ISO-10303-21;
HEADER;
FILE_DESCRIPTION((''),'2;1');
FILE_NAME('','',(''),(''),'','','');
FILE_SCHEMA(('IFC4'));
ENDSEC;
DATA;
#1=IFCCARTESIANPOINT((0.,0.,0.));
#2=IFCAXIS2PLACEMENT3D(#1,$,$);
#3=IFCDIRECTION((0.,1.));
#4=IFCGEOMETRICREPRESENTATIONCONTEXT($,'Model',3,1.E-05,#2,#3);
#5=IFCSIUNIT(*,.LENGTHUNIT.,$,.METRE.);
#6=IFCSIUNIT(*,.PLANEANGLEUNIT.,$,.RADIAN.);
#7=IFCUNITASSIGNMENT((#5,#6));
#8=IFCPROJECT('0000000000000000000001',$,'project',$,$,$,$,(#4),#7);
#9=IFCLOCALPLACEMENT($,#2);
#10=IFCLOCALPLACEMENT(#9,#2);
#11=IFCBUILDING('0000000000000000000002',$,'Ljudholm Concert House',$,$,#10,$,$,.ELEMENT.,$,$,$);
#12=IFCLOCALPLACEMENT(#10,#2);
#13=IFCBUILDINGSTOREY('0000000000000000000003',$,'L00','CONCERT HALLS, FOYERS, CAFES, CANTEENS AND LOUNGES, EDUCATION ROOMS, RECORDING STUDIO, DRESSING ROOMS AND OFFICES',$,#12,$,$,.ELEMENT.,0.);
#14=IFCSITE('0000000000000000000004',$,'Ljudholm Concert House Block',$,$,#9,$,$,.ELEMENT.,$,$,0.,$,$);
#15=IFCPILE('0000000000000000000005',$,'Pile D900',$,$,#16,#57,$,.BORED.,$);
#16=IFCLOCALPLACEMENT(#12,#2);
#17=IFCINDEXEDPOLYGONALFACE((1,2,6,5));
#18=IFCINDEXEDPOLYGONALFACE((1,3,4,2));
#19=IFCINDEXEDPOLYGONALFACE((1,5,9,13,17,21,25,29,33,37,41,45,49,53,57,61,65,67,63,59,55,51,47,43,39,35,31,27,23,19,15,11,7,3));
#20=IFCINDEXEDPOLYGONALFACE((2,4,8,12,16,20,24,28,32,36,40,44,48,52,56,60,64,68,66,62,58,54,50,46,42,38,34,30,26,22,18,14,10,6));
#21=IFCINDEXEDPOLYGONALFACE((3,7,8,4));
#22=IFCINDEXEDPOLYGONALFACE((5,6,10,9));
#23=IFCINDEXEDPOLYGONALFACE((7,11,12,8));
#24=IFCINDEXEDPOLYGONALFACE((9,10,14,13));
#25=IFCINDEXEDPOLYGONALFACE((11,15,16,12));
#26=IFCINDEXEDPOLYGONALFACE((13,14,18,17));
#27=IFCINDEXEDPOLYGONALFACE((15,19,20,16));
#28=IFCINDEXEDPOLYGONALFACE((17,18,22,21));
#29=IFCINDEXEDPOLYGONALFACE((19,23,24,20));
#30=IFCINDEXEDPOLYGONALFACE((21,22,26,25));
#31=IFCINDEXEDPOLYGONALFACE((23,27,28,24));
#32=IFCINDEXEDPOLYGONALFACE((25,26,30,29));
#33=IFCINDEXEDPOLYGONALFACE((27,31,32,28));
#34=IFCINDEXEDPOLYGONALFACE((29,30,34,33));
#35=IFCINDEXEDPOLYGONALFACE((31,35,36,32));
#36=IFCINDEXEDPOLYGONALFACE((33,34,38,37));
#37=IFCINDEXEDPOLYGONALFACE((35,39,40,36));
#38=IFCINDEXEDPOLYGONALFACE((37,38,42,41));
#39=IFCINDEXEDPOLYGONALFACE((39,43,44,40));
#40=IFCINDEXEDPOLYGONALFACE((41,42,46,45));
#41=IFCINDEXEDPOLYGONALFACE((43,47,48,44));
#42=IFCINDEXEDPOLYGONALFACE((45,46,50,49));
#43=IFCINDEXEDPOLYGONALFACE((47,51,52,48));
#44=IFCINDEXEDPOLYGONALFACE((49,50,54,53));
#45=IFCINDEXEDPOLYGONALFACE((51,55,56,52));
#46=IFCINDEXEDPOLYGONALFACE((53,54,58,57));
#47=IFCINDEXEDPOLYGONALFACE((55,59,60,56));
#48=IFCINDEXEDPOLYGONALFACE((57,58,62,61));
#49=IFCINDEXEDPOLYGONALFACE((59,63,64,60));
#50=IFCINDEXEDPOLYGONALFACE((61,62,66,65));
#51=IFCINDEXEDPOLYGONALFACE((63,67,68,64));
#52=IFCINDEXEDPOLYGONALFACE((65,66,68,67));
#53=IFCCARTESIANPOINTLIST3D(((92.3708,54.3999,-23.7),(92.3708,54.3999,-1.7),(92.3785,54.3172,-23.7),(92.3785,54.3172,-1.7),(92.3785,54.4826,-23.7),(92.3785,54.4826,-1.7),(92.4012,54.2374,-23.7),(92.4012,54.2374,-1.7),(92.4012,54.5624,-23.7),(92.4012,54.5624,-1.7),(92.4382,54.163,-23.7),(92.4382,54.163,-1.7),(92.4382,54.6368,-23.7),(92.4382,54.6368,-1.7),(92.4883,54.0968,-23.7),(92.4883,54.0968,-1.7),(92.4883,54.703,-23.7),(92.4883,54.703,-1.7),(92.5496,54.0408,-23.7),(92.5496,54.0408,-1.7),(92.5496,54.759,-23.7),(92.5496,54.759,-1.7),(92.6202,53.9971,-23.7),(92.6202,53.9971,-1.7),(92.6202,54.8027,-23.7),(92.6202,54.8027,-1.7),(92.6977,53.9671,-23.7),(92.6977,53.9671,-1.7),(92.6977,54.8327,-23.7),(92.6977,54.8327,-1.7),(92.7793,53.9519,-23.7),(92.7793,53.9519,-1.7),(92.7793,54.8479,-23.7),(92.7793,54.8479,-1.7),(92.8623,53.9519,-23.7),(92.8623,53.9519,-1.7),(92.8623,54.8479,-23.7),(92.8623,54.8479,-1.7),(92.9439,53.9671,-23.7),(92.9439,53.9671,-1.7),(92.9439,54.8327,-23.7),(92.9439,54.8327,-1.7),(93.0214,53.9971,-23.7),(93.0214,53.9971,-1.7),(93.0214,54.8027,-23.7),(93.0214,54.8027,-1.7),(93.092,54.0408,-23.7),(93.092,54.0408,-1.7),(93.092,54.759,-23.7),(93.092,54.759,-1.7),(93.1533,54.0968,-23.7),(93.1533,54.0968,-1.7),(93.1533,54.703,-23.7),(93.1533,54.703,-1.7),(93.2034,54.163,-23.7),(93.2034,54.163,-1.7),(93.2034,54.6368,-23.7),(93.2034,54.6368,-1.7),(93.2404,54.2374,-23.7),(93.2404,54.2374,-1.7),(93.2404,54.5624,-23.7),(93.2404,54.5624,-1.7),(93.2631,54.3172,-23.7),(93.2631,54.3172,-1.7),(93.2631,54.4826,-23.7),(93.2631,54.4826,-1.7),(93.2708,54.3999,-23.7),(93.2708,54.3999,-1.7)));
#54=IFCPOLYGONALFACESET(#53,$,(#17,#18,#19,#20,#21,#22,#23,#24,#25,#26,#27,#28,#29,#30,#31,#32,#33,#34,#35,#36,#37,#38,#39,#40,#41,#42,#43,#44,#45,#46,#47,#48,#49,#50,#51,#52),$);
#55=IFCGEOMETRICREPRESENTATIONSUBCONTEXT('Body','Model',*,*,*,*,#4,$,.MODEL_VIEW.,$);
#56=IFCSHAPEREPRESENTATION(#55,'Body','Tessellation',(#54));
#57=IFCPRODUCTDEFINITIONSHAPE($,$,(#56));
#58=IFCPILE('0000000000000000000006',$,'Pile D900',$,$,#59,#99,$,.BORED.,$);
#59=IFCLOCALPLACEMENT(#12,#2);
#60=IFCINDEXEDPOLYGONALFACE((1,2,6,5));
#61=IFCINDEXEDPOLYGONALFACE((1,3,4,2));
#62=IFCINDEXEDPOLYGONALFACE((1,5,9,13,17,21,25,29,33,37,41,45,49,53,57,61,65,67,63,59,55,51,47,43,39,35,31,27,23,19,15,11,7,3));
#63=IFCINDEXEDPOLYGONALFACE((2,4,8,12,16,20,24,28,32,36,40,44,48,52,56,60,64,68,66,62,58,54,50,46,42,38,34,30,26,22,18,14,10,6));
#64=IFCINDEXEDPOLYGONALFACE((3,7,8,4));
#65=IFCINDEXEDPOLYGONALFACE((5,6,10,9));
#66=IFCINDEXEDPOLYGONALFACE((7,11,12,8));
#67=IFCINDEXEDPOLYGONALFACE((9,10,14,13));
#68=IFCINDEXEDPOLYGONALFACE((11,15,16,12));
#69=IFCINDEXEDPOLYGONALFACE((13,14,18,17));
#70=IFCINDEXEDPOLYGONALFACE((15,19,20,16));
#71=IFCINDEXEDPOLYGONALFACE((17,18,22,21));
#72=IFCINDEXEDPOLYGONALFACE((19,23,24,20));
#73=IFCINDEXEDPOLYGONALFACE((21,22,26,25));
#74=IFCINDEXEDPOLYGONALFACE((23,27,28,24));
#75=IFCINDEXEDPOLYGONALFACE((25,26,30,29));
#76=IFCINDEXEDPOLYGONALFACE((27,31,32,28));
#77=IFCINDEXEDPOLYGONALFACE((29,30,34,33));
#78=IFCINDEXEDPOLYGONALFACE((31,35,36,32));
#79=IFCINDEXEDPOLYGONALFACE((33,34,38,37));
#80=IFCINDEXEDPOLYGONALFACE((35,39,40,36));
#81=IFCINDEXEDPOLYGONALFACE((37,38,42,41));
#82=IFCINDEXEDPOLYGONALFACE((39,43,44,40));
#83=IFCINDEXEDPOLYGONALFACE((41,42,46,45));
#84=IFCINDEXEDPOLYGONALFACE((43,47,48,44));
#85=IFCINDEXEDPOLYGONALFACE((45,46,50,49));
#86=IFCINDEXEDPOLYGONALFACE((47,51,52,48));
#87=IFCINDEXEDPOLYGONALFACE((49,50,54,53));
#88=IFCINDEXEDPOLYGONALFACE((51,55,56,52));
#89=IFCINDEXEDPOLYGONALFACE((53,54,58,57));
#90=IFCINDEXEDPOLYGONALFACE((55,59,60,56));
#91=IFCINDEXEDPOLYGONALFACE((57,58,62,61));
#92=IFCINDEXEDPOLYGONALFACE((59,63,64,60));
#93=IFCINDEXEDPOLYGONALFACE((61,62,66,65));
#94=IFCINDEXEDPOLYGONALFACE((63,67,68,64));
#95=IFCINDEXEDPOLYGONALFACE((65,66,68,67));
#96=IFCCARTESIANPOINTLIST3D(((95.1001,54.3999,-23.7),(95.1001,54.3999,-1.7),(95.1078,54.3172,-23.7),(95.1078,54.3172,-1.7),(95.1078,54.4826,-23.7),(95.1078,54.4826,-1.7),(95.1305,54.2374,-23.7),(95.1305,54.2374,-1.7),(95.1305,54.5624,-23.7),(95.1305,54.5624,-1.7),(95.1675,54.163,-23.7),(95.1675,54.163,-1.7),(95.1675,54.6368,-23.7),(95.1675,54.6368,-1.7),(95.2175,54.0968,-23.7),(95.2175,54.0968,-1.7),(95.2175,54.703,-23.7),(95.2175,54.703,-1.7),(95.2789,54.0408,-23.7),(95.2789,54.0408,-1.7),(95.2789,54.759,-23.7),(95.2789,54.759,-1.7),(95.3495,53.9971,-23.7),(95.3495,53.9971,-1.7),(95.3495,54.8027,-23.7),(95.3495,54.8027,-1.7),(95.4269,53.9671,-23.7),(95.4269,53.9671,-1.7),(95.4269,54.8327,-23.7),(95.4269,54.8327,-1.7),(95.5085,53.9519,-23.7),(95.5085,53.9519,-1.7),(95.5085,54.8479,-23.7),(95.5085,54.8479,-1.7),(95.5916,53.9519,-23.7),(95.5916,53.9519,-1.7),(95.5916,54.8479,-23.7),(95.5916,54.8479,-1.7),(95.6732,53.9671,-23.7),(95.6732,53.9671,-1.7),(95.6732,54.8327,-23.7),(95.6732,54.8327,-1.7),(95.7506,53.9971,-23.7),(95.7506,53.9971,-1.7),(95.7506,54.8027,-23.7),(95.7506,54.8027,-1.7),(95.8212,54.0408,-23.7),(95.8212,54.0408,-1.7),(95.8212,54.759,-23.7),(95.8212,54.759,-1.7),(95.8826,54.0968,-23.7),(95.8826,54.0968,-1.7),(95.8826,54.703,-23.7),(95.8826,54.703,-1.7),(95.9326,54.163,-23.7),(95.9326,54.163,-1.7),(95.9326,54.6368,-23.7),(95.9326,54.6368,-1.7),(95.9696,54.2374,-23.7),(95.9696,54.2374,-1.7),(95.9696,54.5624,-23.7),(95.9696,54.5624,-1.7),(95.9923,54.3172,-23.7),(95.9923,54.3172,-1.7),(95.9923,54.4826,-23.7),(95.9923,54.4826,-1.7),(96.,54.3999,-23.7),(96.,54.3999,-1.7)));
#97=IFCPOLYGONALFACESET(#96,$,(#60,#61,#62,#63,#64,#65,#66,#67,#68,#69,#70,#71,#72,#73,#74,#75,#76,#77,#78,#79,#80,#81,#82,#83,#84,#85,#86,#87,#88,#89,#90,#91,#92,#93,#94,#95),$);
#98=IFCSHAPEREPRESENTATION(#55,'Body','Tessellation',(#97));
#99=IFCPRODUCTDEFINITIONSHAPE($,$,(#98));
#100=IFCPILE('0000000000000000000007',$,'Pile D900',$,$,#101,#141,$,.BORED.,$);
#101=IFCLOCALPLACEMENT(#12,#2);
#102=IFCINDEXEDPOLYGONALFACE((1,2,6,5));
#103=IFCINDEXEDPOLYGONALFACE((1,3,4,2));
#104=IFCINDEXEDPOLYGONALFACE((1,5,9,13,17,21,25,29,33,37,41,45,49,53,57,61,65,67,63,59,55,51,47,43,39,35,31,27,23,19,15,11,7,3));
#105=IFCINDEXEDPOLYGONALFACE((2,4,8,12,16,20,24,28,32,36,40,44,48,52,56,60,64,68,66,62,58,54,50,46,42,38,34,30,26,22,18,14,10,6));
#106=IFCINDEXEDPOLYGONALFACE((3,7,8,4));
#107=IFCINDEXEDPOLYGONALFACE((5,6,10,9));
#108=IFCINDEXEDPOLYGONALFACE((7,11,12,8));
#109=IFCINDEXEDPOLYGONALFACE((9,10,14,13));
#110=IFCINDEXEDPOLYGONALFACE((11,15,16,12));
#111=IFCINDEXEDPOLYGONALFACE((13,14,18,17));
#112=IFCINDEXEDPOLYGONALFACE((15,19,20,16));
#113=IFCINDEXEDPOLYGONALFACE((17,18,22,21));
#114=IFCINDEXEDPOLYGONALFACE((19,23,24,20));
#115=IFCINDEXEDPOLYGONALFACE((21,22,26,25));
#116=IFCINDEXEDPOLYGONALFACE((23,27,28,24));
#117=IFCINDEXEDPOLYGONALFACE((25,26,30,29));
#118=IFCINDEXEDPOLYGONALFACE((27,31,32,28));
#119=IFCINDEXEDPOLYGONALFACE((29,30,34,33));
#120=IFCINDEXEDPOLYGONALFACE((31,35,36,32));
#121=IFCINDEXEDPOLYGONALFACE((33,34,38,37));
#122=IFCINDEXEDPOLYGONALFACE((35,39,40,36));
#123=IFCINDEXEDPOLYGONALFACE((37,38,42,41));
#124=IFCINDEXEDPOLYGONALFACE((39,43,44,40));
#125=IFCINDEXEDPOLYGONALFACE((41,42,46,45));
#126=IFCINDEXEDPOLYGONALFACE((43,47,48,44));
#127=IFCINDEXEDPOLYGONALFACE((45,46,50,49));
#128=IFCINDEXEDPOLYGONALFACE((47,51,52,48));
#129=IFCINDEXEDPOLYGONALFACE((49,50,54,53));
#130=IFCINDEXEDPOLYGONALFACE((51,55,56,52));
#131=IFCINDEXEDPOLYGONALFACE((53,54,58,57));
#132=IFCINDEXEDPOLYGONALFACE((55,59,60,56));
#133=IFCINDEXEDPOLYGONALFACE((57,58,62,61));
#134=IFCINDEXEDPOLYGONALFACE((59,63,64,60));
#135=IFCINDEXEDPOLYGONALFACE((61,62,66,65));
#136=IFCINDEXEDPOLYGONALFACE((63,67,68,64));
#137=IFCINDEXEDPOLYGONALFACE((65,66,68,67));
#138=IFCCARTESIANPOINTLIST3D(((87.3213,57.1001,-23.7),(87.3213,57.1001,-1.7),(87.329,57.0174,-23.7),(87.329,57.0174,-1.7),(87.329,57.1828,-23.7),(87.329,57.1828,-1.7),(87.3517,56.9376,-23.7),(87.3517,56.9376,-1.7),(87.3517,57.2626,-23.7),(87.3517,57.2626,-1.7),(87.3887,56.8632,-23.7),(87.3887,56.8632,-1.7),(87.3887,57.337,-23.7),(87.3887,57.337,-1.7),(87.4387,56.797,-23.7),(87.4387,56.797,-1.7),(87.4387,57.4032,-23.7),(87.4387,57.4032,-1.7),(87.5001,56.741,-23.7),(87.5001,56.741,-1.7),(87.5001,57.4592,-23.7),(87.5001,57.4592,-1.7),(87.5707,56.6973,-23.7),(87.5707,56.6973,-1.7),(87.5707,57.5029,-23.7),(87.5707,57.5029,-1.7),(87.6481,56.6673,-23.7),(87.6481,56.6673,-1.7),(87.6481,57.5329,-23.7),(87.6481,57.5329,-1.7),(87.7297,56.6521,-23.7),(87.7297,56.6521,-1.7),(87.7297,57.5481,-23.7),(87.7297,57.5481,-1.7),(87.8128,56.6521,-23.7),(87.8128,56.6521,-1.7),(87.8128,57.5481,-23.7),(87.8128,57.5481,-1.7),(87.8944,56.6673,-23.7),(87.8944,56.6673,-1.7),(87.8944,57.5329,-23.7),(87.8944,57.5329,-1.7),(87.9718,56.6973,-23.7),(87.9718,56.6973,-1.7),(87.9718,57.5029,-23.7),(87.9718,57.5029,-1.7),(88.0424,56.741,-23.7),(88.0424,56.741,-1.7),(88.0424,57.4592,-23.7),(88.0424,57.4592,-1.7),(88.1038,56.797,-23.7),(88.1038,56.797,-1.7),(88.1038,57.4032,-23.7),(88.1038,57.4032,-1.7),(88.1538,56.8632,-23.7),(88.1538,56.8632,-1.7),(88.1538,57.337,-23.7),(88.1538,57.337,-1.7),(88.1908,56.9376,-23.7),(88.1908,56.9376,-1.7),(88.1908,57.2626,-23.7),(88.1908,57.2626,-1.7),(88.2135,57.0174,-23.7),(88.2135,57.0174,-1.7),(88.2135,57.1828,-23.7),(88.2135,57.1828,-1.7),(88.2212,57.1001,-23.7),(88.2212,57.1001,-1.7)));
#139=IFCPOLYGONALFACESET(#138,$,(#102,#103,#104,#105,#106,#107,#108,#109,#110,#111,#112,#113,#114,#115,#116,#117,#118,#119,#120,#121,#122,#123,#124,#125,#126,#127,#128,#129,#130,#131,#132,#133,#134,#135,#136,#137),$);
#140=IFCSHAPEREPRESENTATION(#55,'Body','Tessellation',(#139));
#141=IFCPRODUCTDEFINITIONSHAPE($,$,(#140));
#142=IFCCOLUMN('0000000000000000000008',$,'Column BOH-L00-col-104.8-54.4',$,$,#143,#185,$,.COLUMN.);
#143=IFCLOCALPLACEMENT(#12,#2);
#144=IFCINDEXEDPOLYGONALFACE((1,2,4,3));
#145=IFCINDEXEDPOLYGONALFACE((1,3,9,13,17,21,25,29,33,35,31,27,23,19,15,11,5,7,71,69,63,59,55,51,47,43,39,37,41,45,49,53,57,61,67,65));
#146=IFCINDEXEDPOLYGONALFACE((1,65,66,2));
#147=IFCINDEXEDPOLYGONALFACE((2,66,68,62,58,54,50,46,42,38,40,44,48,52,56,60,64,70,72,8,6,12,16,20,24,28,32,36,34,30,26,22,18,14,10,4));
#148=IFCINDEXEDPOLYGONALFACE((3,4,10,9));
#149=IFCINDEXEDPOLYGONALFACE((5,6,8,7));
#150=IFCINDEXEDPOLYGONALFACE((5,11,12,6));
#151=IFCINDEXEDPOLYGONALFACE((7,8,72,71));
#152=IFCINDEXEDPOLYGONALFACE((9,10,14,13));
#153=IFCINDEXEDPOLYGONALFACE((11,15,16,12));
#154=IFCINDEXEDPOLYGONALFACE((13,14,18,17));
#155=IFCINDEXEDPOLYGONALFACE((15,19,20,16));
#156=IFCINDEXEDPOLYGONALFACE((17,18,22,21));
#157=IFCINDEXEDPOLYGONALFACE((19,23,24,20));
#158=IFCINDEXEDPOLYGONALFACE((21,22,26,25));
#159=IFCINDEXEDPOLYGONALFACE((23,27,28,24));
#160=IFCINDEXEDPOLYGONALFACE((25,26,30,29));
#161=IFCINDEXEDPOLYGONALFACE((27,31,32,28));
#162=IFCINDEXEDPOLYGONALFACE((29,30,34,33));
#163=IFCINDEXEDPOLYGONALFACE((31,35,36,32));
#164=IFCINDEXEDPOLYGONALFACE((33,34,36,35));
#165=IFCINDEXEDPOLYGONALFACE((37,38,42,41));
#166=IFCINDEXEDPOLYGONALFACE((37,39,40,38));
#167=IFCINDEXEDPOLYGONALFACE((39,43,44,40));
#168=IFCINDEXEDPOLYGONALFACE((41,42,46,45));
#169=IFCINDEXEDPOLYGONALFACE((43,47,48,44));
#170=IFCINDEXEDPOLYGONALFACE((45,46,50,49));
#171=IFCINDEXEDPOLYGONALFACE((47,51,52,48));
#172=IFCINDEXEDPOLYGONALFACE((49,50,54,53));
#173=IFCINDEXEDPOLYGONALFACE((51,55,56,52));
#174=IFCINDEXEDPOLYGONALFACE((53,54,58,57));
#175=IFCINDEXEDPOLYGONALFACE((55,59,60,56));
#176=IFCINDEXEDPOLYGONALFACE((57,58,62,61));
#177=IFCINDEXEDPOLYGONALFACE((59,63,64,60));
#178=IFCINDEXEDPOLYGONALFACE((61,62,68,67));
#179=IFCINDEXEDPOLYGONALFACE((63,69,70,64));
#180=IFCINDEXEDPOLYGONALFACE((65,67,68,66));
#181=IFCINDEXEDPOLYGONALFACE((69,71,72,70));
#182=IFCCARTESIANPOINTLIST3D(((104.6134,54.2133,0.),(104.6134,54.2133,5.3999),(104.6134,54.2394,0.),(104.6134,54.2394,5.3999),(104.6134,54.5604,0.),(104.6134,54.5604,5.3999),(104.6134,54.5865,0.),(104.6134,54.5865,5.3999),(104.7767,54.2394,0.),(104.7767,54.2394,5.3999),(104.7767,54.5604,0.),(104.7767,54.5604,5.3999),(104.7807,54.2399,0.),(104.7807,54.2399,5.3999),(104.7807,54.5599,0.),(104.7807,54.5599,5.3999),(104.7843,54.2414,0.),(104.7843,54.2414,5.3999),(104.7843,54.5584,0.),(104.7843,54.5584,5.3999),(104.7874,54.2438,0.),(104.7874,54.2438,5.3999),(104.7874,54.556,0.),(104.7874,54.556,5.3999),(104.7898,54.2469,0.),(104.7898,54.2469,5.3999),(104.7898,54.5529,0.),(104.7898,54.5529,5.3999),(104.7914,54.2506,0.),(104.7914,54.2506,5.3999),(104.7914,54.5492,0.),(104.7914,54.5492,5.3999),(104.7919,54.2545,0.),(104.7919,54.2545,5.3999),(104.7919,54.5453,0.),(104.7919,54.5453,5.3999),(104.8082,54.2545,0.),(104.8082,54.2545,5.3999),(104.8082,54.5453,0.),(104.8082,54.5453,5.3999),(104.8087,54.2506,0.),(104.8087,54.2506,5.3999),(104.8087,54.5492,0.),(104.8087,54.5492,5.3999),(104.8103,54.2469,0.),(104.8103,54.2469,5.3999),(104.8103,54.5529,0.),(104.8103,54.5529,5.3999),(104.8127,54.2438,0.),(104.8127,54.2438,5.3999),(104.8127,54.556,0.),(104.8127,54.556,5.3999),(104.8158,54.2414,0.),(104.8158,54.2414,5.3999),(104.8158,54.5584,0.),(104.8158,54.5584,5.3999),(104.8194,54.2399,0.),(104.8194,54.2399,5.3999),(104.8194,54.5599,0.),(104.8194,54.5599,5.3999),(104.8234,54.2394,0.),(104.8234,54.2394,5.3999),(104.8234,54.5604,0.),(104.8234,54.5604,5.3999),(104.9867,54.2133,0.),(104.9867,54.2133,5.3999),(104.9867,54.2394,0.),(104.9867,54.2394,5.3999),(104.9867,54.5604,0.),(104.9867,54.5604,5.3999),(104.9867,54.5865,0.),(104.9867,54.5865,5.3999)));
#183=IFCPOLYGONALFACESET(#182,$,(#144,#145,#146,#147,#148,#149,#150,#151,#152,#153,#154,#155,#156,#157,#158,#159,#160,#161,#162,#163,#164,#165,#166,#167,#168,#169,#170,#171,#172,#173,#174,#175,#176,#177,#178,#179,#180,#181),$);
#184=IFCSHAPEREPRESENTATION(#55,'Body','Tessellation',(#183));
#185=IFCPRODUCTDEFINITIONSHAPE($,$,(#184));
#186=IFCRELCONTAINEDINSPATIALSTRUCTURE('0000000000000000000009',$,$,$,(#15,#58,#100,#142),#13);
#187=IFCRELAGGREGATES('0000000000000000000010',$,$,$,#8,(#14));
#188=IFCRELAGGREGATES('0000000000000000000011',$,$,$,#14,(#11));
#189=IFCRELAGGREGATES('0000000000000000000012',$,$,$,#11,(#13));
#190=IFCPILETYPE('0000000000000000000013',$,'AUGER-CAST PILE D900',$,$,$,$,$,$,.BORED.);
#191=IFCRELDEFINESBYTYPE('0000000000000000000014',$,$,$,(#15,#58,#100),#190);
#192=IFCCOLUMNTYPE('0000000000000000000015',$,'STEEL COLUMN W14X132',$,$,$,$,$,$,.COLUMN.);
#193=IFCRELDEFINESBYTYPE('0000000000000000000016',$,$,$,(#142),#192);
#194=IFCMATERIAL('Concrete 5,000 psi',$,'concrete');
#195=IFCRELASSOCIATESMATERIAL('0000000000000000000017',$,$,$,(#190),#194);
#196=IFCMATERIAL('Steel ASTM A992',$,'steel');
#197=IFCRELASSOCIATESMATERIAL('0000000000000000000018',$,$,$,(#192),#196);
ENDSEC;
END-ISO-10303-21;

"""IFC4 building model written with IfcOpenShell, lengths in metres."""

from ifc_helpers import new_model, si_unit, direction, frame, origin, origin_2d, place, context, subcontext, project, spatial, circle, i_section, extrude, material, material_profile, profile_set, type_object, element, save


model = new_model("IFC4")

# Units and contexts
model_context = context("Model", 3, precision=1e-05, world=origin(), true_north=direction((0.0, 1.0)))
body_context = subcontext(model_context, "Body", "Model", "MODEL_VIEW")
ifc_project = project(units=[si_unit("LENGTHUNIT", "METRE"), si_unit("PLANEANGLEUNIT", "RADIAN")], contexts=[model_context])

# Site, building, storey
site_placement = place(None, origin())
site = spatial("IfcSite", under=ifc_project, at=site_placement, Name="Ljudholm Concert House Block", CompositionType="ELEMENT", RefElevation=0.0)
building_placement = place(site_placement, origin())
building = spatial("IfcBuilding", under=site, at=building_placement, Name="Ljudholm Concert House", CompositionType="ELEMENT")
storey_placement = place(building_placement, origin())
storey = spatial("IfcBuildingStorey", under=building, at=storey_placement, Name="L00", Description="CONCERT HALLS, FOYERS, CAFES, CANTEENS AND LOUNGES, EDUCATION ROOMS, RECORDING STUDIO, DRESSING ROOMS AND OFFICES", CompositionType="ELEMENT", Elevation=0.0)

# Piles
ifc_material_1 = material(Name="Concrete 5,000 psi", Category="concrete")
ifc_material_profile_1 = material_profile(ifc_material_1, circle(Radius=0.45, at=origin_2d()), Name="AUGER-CAST PILE D900")
ifc_profile_set_1 = profile_set([ifc_material_profile_1], Name="Concrete 5,000 psi")
pile_type_1 = type_object("IfcPileType", Name="AUGER-CAST PILE D900", PredefinedType="BORED", material=ifc_profile_set_1)
for number, where, z_axis, x_axis, name in (
    (1, (92.8208, 54.3999, -1.7), (0.0, 0.0, -1.0), (1.0, 0.0, 0.0), "Pile D900"),
    (2, (95.55, 54.3999, -1.7), (0.0, 0.0, -1.0), (1.0, 0.0, 0.0), "Pile D900"),
    (3, (87.7712, 57.1001, -1.7), (0.0, 0.0, -1.0), (1.0, 0.0, 0.0), "Pile D900"),
):
    element("IfcPile", number, at=place(storey_placement, frame(where, z_axis=z_axis, x_axis=x_axis)), inside=storey, type_object=pile_type_1, Name=name, PredefinedType="BORED", context=body_context, shape_type="SweptSolid", body=[
        extrude(circle(Radius=0.45, at=origin_2d()), origin(), (0.0, 0.0, 1.0), 22.0),
    ])

# Column
ifc_material_2 = material(Name="Steel ASTM A992", Category="steel")
ifc_material_profile_2 = material_profile(ifc_material_2, i_section(OverallWidth=0.3733, OverallDepth=0.3733, WebThickness=0.0164, FlangeThickness=0.0261, FilletRadius=0.0151, at=origin_2d()), Name="W14X132")
ifc_profile_set_2 = profile_set([ifc_material_profile_2], Name="Steel ASTM A992")
column_type = type_object("IfcColumnType", Name="STEEL COLUMN W14X132", PredefinedType="COLUMN", material=ifc_profile_set_2)
column_placement = place(storey_placement, frame((104.8, 54.3999, 0.0), z_axis=(0.0, 0.0, 1.0), x_axis=(1.0, 0.0, 0.0)))
element("IfcColumn", 4, at=column_placement, inside=storey, type_object=column_type, Name="Column BOH-L00-col-104.8-54.4", PredefinedType="COLUMN", context=body_context, shape_type="SweptSolid", body=[
    extrude(i_section(OverallWidth=0.3733, OverallDepth=0.3733, WebThickness=0.0164, FlangeThickness=0.0261, FilletRadius=0.0151, at=origin_2d()), origin(), (0.0, 0.0, 1.0), 5.3999),
])

save(model, "model.ifc")
